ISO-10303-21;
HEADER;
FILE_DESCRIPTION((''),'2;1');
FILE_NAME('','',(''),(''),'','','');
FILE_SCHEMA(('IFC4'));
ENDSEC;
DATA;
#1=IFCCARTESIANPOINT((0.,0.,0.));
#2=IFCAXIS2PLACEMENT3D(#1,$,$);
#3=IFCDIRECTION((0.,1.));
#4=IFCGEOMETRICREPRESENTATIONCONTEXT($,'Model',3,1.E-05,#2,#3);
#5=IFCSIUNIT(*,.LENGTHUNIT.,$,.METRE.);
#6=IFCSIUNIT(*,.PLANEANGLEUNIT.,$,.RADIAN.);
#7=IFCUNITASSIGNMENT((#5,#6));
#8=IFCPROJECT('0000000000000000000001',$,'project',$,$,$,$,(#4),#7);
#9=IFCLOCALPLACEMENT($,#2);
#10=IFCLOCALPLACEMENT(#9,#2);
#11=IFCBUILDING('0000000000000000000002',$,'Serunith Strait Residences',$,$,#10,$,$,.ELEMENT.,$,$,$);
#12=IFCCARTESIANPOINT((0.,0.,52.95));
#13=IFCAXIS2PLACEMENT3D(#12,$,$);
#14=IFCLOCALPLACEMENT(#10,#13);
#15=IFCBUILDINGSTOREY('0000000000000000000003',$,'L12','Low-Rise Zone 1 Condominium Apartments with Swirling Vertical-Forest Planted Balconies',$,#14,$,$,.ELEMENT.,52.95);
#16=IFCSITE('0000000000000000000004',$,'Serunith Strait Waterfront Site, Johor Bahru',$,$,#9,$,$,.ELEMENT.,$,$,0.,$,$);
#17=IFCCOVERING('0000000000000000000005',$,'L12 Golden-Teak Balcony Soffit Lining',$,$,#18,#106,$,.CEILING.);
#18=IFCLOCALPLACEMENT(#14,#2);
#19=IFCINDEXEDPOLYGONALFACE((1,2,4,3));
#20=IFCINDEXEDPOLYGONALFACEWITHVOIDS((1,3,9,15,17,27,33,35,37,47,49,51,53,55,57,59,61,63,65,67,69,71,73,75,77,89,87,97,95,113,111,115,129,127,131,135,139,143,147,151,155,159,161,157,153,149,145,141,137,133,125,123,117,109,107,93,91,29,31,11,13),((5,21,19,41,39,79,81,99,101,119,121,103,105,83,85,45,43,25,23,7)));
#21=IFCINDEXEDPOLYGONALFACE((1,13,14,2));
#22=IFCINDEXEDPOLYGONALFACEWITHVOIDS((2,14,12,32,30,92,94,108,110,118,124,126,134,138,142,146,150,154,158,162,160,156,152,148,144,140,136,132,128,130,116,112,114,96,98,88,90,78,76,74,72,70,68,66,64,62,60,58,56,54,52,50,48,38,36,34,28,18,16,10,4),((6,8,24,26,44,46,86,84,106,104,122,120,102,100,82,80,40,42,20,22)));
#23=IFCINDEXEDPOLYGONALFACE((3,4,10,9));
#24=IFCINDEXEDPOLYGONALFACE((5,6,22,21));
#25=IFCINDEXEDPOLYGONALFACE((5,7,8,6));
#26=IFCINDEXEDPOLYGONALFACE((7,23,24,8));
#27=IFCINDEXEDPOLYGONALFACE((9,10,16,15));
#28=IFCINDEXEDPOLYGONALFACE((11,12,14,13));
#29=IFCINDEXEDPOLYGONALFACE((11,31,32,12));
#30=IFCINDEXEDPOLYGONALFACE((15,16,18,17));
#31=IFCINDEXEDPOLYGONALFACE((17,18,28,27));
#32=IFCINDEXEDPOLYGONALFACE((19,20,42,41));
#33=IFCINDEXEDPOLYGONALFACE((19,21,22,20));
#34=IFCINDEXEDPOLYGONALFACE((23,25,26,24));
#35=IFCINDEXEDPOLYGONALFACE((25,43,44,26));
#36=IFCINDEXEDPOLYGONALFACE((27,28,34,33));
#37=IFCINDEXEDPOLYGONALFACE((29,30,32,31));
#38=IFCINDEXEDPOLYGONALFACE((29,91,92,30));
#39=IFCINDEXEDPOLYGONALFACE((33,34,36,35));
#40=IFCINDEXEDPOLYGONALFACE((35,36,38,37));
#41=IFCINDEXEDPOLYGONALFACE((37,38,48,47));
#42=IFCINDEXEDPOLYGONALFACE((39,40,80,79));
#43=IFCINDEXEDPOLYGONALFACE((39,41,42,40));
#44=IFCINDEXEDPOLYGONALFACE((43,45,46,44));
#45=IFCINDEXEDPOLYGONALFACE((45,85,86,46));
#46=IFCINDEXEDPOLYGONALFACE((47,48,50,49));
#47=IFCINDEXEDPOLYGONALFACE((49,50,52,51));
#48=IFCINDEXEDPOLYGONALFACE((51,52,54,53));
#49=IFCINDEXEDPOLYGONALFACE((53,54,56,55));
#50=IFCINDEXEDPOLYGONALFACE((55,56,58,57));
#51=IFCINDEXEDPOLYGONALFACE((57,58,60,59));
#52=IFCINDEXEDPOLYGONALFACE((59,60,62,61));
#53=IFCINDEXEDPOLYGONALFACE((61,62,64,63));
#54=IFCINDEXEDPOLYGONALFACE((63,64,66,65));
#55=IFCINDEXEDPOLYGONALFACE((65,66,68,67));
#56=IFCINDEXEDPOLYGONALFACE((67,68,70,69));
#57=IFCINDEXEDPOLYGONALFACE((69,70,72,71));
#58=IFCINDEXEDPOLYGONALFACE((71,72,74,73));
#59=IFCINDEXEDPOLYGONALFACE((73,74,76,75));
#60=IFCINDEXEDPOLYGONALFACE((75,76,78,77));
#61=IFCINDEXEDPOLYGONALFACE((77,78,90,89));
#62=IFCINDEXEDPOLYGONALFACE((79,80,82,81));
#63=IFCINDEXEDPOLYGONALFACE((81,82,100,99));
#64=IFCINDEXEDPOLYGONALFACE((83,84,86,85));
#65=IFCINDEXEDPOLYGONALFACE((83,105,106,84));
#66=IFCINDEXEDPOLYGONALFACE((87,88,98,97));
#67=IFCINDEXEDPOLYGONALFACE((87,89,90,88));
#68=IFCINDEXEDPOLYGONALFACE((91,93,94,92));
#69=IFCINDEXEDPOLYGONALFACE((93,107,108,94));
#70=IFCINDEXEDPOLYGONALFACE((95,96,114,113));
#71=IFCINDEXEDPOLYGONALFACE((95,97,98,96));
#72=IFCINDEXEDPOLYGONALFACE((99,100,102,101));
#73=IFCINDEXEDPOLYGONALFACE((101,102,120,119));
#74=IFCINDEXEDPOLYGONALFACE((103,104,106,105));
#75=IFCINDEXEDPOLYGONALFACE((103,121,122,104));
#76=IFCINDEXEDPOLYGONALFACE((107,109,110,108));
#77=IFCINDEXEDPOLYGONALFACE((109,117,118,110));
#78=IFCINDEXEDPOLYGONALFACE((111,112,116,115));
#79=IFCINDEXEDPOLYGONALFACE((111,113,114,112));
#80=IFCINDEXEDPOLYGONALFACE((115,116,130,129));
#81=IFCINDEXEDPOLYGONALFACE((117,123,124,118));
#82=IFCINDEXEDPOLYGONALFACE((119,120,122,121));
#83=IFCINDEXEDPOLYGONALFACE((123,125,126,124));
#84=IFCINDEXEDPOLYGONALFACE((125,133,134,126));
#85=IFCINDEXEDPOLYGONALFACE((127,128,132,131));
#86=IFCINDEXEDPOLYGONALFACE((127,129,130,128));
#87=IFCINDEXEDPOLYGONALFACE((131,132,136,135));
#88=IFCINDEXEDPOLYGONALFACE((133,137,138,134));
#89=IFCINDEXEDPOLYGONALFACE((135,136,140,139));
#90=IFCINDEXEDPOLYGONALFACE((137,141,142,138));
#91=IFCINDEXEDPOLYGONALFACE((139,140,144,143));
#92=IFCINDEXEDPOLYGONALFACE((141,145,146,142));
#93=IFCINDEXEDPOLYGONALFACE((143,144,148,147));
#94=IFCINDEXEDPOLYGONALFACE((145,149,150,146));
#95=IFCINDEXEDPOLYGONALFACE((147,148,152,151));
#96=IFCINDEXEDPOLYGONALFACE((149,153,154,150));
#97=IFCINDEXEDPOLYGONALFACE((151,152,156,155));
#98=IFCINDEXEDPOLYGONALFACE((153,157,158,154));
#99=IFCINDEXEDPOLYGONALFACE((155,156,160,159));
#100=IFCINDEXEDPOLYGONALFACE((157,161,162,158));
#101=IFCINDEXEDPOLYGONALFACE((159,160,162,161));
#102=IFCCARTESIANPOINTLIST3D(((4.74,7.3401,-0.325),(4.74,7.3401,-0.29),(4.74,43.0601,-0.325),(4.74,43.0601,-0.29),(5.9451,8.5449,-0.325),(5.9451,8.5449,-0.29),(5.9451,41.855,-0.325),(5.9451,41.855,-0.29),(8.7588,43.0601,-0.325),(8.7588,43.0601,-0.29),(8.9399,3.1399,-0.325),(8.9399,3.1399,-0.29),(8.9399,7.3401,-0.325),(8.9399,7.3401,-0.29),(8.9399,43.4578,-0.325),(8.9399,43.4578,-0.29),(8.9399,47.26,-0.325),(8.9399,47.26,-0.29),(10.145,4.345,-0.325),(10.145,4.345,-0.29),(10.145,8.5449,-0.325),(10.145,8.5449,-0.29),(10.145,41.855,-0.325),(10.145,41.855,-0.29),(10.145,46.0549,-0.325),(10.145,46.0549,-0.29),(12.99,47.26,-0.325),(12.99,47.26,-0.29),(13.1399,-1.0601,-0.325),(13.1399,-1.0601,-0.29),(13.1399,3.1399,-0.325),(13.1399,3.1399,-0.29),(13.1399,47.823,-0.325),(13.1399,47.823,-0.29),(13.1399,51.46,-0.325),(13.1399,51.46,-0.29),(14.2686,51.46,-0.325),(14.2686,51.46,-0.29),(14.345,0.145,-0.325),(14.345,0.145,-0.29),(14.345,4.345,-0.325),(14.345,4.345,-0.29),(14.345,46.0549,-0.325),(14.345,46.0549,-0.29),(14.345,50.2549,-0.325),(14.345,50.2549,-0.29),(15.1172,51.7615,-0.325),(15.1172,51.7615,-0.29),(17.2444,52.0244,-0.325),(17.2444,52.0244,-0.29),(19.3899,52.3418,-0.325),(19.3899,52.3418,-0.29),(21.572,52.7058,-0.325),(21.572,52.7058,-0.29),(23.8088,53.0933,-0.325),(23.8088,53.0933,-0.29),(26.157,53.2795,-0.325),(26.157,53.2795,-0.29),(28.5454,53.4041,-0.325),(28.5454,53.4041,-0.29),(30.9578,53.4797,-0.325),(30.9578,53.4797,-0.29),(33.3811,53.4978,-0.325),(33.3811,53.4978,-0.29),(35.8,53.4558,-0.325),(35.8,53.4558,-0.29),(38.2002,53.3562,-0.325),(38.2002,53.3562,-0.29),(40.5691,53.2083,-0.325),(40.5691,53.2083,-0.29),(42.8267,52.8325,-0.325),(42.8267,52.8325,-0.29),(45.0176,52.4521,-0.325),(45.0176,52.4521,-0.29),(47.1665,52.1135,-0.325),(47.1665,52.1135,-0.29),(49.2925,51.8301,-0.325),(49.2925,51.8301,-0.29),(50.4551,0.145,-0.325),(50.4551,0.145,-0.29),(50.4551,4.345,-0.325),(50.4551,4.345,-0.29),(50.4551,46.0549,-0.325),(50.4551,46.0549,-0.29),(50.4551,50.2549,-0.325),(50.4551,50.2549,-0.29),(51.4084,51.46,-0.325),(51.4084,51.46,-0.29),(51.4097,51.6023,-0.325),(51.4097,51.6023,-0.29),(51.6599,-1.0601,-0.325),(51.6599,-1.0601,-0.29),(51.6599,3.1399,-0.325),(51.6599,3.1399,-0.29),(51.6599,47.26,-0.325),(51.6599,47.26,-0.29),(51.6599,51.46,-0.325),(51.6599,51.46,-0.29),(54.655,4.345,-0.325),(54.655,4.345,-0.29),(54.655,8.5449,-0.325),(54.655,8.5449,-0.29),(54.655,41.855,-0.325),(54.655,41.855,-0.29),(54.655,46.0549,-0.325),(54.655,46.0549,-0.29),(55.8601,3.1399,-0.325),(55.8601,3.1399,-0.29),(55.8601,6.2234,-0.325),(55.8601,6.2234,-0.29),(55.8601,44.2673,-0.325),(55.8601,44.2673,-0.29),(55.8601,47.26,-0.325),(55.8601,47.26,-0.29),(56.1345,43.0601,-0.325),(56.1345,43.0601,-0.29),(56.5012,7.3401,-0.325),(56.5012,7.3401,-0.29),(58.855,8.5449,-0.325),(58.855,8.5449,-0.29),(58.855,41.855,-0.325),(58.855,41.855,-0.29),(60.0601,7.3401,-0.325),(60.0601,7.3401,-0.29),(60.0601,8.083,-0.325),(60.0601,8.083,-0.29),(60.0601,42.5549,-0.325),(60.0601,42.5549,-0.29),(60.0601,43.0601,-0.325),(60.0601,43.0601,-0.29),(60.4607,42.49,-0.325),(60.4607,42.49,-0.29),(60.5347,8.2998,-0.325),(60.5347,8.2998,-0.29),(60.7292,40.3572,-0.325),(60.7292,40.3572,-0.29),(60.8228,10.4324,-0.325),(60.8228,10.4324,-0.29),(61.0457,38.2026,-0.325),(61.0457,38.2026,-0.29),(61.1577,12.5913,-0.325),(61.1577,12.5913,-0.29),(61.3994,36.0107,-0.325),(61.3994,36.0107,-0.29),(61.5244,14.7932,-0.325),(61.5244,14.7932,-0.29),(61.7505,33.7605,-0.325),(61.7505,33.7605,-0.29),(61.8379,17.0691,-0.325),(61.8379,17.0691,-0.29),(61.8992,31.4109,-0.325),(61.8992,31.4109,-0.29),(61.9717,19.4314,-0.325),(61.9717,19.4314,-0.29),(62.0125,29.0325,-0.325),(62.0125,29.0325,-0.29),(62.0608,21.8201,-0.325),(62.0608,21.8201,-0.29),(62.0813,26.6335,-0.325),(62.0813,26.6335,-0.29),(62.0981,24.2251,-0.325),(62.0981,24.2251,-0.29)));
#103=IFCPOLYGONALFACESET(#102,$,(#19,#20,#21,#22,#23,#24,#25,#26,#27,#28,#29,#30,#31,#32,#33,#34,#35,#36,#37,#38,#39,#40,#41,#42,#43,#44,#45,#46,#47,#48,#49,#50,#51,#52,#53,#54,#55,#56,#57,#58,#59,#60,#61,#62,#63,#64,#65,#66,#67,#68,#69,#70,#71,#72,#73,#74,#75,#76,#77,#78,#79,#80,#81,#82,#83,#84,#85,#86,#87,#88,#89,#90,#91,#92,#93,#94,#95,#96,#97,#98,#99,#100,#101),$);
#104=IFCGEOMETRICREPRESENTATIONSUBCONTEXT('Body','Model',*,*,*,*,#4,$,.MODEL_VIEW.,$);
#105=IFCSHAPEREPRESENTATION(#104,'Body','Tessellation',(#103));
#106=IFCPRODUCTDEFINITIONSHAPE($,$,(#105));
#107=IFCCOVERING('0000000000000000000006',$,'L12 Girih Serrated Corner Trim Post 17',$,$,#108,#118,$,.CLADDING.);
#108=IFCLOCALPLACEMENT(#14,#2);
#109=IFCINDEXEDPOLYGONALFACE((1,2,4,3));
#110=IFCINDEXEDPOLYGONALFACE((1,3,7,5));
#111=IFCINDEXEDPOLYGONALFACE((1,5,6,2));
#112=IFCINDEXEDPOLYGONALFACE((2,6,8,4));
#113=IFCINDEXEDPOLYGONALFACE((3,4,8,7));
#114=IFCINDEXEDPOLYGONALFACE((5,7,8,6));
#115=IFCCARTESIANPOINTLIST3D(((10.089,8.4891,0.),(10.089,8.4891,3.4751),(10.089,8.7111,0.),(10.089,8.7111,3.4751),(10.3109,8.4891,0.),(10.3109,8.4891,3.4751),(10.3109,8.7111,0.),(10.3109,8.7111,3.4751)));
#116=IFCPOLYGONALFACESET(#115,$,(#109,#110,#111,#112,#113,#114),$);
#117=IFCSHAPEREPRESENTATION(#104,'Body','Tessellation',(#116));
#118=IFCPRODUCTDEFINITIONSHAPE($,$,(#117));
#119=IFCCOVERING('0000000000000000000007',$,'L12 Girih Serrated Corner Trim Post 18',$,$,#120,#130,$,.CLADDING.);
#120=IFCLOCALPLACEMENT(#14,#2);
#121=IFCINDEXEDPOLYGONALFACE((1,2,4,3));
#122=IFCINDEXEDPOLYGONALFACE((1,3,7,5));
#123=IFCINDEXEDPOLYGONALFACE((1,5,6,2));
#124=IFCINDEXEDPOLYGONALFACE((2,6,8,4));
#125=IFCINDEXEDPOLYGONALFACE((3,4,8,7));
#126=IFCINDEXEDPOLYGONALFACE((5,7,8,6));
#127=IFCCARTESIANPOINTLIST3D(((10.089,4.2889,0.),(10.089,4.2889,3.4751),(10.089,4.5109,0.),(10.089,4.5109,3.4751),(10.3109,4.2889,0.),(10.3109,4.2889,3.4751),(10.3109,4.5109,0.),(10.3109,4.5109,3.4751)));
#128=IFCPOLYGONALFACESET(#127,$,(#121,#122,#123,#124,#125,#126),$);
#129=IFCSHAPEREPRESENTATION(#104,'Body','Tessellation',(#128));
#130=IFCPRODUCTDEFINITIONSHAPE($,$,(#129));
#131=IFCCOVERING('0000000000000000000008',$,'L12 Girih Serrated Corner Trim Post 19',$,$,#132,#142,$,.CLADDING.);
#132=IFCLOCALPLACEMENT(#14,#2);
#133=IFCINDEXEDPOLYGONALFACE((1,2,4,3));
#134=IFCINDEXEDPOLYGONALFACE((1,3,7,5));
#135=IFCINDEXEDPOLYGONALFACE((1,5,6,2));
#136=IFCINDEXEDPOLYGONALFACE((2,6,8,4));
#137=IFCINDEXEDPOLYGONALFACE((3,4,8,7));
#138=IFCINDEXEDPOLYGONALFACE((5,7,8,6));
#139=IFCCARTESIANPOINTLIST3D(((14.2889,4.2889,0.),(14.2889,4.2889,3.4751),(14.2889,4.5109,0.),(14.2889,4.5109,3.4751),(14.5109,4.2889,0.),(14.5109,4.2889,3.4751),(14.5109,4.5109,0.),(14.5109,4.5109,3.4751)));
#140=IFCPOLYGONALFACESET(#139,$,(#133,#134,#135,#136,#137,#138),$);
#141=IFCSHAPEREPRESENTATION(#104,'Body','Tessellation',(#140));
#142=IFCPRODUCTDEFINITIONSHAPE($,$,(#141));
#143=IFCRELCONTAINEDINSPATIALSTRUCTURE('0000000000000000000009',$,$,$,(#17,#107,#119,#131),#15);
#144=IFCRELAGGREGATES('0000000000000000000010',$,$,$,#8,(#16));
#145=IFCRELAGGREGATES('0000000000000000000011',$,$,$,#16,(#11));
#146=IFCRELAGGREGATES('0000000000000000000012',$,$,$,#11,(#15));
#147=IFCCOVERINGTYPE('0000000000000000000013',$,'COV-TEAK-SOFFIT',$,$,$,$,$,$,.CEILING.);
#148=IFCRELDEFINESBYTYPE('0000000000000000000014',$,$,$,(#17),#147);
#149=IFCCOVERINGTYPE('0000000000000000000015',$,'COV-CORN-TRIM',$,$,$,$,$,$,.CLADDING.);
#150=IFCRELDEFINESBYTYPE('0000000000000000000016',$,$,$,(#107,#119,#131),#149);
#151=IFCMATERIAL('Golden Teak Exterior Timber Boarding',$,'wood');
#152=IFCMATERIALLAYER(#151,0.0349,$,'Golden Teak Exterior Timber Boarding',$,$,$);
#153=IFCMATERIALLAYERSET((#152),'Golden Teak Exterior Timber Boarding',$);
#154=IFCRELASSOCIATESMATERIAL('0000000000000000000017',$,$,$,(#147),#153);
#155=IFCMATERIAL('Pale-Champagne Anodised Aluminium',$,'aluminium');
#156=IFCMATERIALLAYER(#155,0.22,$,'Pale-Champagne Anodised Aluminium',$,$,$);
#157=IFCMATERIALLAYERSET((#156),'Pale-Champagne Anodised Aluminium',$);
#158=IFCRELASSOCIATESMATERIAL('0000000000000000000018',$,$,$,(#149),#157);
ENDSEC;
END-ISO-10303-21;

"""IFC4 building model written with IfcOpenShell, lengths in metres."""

from ifc_helpers import new_model, si_unit, direction, frame, origin, origin_2d, place, context, subcontext, project, spatial, polyline, rectangle, outline, extrude, source, transform, mapped, material, layer, layer_set, type_object, element, save


model = new_model("IFC4")

# Units and contexts
model_context = context("Model", 3, precision=1e-05, world=origin(), true_north=direction((0.0, 1.0)))
body_context = subcontext(model_context, "Body", "Model", "MODEL_VIEW")
ifc_project = project(units=[si_unit("LENGTHUNIT", "METRE"), si_unit("PLANEANGLEUNIT", "RADIAN")], contexts=[model_context])

# Site, building, storey
site_placement = place(None, origin())
site = spatial("IfcSite", under=ifc_project, at=site_placement, Name="Serunith Strait Waterfront Site, Johor Bahru", CompositionType="ELEMENT", RefElevation=0.0)
building_placement = place(site_placement, origin())
building = spatial("IfcBuilding", under=site, at=building_placement, Name="Serunith Strait Residences", CompositionType="ELEMENT")
storey_placement = place(building_placement, frame((0.0, 0.0, 52.95)))
storey = spatial("IfcBuildingStorey", under=building, at=storey_placement, Name="L12", Description="Low-Rise Zone 1 Condominium Apartments with Swirling Vertical-Forest Planted Balconies", CompositionType="ELEMENT", Elevation=52.95)

# Shared definitions
ifc_material_1 = material(Name="Pale-Champagne Anodised Aluminium", Category="aluminium")

# Covering
ifc_material_2 = material(Name="Golden Teak Exterior Timber Boarding", Category="wood")
ifc_layer_1 = layer(ifc_material_2, 0.0349, Name="Golden Teak Exterior Timber Boarding")
ifc_layer_set_1 = layer_set([ifc_layer_1], Name="Golden Teak Exterior Timber Boarding")
covering_type_1 = type_object("IfcCoveringType", Name="COV-TEAK-SOFFIT", PredefinedType="CEILING", material=ifc_layer_set_1)
covering_1_placement = place(storey_placement, frame((0.0, 0.0, -0.325)))
element("IfcCovering", 1, at=covering_1_placement, inside=storey, type_object=covering_type_1, Name="L12 Golden-Teak Balcony Soffit Lining", PredefinedType="CEILING", context=body_context, shape_type="SweptSolid", body=[
    extrude(outline(polyline([(12.99, 47.26), (13.1399, 47.823), (13.1399, 51.46), (14.2686, 51.46), (15.1172, 51.7615), (17.2444, 52.0244), (19.3899, 52.3418), (21.572, 52.7058), (23.8088, 53.0933), (26.157, 53.2795), (28.5454, 53.4041), (30.9578, 53.4797), (33.3811, 53.4978), (35.8, 53.4558), (38.2002, 53.3562), (40.5691, 53.2083), (42.8267, 52.8325), (45.0176, 52.4521), (47.1665, 52.1135), (49.2925, 51.8301), (51.4097, 51.6023), (51.4084, 51.46), (51.6599, 51.46), (51.6599, 47.26), (55.8601, 47.26), (55.8601, 44.2673), (56.1345, 43.0601), (60.0601, 43.0601), (60.0601, 42.5549), (60.4607, 42.49), (60.7292, 40.3572), (61.0457, 38.2026), (61.3994, 36.0107), (61.7505, 33.7605), (61.8992, 31.4109), (62.0125, 29.0325), (62.0813, 26.6335), (62.0981, 24.2251), (62.0608, 21.8201), (61.9717, 19.4314), (61.8379, 17.0691), (61.5244, 14.7932), (61.1577, 12.5913), (60.8228, 10.4324), (60.5347, 8.2998), (60.0601, 8.083), (60.0601, 7.3401), (56.5012, 7.3401), (55.8601, 6.2234), (55.8601, 3.1399), (51.6599, 3.1399), (51.6599, -1.0601), (13.1399, -1.0601), (13.1399, 3.1399), (8.9399, 3.1399), (8.9399, 7.3401), (4.74, 7.3401), (4.74, 43.0601), (8.7588, 43.0601), (8.9399, 43.4578), (8.9399, 47.26), (12.99, 47.26)]), holes=[polyline([(50.4551, 0.145), (50.4551, 4.345), (54.655, 4.345), (54.655, 8.5449), (58.855, 8.5449), (58.855, 41.855), (54.655, 41.855), (54.655, 46.0549), (50.4551, 46.0549), (50.4551, 50.2549), (14.345, 50.2549), (14.345, 46.0549), (10.145, 46.0549), (10.145, 41.855), (5.9451, 41.855), (5.9451, 8.5449), (10.145, 8.5449), (10.145, 4.345), (14.345, 4.345), (14.345, 0.145), (50.4551, 0.145)])]), origin(), (0.0, 0.0, 1.0), 0.0349),
])

# Coverings
ifc_layer_2 = layer(ifc_material_1, 0.22, Name="Pale-Champagne Anodised Aluminium")
ifc_layer_set_2 = layer_set([ifc_layer_2], Name="Pale-Champagne Anodised Aluminium")
covering_type_2 = type_object("IfcCoveringType", Name="COV-CORN-TRIM", PredefinedType="CLADDING", material=ifc_layer_set_2)
shared_shape_1 = source(origin(), body_context, "Body", "SweptSolid", [
    extrude(rectangle(XDim=0.2219, YDim=0.2219, at=origin_2d()), origin(), (0.0, 0.0, 1.0), 3.4751),
])
for number, where, z_axis, x_axis, name in (
    (2, (10.2, 8.6001, 0.0), (0.0, 0.0, 1.0), (1.0, 0.0, 0.0), "L12 Girih Serrated Corner Trim Post 17"),
    (3, (10.2, 4.3999, 0.0), (0.0, 0.0, 1.0), (1.0, 0.0, 0.0), "L12 Girih Serrated Corner Trim Post 18"),
    (4, (14.3999, 4.3999, 0.0), (0.0, 0.0, 1.0), (1.0, 0.0, 0.0), "L12 Girih Serrated Corner Trim Post 19"),
):
    element("IfcCovering", number, at=place(storey_placement, frame(where, z_axis=z_axis, x_axis=x_axis)), inside=storey, type_object=covering_type_2, Name=name, PredefinedType="CLADDING", context=body_context, shape_type="MappedRepresentation", body=[
        mapped(shared_shape_1, transform((0.0, 0.0, 0.0), scale=1.0)),
    ])

save(model, "model.ifc")
